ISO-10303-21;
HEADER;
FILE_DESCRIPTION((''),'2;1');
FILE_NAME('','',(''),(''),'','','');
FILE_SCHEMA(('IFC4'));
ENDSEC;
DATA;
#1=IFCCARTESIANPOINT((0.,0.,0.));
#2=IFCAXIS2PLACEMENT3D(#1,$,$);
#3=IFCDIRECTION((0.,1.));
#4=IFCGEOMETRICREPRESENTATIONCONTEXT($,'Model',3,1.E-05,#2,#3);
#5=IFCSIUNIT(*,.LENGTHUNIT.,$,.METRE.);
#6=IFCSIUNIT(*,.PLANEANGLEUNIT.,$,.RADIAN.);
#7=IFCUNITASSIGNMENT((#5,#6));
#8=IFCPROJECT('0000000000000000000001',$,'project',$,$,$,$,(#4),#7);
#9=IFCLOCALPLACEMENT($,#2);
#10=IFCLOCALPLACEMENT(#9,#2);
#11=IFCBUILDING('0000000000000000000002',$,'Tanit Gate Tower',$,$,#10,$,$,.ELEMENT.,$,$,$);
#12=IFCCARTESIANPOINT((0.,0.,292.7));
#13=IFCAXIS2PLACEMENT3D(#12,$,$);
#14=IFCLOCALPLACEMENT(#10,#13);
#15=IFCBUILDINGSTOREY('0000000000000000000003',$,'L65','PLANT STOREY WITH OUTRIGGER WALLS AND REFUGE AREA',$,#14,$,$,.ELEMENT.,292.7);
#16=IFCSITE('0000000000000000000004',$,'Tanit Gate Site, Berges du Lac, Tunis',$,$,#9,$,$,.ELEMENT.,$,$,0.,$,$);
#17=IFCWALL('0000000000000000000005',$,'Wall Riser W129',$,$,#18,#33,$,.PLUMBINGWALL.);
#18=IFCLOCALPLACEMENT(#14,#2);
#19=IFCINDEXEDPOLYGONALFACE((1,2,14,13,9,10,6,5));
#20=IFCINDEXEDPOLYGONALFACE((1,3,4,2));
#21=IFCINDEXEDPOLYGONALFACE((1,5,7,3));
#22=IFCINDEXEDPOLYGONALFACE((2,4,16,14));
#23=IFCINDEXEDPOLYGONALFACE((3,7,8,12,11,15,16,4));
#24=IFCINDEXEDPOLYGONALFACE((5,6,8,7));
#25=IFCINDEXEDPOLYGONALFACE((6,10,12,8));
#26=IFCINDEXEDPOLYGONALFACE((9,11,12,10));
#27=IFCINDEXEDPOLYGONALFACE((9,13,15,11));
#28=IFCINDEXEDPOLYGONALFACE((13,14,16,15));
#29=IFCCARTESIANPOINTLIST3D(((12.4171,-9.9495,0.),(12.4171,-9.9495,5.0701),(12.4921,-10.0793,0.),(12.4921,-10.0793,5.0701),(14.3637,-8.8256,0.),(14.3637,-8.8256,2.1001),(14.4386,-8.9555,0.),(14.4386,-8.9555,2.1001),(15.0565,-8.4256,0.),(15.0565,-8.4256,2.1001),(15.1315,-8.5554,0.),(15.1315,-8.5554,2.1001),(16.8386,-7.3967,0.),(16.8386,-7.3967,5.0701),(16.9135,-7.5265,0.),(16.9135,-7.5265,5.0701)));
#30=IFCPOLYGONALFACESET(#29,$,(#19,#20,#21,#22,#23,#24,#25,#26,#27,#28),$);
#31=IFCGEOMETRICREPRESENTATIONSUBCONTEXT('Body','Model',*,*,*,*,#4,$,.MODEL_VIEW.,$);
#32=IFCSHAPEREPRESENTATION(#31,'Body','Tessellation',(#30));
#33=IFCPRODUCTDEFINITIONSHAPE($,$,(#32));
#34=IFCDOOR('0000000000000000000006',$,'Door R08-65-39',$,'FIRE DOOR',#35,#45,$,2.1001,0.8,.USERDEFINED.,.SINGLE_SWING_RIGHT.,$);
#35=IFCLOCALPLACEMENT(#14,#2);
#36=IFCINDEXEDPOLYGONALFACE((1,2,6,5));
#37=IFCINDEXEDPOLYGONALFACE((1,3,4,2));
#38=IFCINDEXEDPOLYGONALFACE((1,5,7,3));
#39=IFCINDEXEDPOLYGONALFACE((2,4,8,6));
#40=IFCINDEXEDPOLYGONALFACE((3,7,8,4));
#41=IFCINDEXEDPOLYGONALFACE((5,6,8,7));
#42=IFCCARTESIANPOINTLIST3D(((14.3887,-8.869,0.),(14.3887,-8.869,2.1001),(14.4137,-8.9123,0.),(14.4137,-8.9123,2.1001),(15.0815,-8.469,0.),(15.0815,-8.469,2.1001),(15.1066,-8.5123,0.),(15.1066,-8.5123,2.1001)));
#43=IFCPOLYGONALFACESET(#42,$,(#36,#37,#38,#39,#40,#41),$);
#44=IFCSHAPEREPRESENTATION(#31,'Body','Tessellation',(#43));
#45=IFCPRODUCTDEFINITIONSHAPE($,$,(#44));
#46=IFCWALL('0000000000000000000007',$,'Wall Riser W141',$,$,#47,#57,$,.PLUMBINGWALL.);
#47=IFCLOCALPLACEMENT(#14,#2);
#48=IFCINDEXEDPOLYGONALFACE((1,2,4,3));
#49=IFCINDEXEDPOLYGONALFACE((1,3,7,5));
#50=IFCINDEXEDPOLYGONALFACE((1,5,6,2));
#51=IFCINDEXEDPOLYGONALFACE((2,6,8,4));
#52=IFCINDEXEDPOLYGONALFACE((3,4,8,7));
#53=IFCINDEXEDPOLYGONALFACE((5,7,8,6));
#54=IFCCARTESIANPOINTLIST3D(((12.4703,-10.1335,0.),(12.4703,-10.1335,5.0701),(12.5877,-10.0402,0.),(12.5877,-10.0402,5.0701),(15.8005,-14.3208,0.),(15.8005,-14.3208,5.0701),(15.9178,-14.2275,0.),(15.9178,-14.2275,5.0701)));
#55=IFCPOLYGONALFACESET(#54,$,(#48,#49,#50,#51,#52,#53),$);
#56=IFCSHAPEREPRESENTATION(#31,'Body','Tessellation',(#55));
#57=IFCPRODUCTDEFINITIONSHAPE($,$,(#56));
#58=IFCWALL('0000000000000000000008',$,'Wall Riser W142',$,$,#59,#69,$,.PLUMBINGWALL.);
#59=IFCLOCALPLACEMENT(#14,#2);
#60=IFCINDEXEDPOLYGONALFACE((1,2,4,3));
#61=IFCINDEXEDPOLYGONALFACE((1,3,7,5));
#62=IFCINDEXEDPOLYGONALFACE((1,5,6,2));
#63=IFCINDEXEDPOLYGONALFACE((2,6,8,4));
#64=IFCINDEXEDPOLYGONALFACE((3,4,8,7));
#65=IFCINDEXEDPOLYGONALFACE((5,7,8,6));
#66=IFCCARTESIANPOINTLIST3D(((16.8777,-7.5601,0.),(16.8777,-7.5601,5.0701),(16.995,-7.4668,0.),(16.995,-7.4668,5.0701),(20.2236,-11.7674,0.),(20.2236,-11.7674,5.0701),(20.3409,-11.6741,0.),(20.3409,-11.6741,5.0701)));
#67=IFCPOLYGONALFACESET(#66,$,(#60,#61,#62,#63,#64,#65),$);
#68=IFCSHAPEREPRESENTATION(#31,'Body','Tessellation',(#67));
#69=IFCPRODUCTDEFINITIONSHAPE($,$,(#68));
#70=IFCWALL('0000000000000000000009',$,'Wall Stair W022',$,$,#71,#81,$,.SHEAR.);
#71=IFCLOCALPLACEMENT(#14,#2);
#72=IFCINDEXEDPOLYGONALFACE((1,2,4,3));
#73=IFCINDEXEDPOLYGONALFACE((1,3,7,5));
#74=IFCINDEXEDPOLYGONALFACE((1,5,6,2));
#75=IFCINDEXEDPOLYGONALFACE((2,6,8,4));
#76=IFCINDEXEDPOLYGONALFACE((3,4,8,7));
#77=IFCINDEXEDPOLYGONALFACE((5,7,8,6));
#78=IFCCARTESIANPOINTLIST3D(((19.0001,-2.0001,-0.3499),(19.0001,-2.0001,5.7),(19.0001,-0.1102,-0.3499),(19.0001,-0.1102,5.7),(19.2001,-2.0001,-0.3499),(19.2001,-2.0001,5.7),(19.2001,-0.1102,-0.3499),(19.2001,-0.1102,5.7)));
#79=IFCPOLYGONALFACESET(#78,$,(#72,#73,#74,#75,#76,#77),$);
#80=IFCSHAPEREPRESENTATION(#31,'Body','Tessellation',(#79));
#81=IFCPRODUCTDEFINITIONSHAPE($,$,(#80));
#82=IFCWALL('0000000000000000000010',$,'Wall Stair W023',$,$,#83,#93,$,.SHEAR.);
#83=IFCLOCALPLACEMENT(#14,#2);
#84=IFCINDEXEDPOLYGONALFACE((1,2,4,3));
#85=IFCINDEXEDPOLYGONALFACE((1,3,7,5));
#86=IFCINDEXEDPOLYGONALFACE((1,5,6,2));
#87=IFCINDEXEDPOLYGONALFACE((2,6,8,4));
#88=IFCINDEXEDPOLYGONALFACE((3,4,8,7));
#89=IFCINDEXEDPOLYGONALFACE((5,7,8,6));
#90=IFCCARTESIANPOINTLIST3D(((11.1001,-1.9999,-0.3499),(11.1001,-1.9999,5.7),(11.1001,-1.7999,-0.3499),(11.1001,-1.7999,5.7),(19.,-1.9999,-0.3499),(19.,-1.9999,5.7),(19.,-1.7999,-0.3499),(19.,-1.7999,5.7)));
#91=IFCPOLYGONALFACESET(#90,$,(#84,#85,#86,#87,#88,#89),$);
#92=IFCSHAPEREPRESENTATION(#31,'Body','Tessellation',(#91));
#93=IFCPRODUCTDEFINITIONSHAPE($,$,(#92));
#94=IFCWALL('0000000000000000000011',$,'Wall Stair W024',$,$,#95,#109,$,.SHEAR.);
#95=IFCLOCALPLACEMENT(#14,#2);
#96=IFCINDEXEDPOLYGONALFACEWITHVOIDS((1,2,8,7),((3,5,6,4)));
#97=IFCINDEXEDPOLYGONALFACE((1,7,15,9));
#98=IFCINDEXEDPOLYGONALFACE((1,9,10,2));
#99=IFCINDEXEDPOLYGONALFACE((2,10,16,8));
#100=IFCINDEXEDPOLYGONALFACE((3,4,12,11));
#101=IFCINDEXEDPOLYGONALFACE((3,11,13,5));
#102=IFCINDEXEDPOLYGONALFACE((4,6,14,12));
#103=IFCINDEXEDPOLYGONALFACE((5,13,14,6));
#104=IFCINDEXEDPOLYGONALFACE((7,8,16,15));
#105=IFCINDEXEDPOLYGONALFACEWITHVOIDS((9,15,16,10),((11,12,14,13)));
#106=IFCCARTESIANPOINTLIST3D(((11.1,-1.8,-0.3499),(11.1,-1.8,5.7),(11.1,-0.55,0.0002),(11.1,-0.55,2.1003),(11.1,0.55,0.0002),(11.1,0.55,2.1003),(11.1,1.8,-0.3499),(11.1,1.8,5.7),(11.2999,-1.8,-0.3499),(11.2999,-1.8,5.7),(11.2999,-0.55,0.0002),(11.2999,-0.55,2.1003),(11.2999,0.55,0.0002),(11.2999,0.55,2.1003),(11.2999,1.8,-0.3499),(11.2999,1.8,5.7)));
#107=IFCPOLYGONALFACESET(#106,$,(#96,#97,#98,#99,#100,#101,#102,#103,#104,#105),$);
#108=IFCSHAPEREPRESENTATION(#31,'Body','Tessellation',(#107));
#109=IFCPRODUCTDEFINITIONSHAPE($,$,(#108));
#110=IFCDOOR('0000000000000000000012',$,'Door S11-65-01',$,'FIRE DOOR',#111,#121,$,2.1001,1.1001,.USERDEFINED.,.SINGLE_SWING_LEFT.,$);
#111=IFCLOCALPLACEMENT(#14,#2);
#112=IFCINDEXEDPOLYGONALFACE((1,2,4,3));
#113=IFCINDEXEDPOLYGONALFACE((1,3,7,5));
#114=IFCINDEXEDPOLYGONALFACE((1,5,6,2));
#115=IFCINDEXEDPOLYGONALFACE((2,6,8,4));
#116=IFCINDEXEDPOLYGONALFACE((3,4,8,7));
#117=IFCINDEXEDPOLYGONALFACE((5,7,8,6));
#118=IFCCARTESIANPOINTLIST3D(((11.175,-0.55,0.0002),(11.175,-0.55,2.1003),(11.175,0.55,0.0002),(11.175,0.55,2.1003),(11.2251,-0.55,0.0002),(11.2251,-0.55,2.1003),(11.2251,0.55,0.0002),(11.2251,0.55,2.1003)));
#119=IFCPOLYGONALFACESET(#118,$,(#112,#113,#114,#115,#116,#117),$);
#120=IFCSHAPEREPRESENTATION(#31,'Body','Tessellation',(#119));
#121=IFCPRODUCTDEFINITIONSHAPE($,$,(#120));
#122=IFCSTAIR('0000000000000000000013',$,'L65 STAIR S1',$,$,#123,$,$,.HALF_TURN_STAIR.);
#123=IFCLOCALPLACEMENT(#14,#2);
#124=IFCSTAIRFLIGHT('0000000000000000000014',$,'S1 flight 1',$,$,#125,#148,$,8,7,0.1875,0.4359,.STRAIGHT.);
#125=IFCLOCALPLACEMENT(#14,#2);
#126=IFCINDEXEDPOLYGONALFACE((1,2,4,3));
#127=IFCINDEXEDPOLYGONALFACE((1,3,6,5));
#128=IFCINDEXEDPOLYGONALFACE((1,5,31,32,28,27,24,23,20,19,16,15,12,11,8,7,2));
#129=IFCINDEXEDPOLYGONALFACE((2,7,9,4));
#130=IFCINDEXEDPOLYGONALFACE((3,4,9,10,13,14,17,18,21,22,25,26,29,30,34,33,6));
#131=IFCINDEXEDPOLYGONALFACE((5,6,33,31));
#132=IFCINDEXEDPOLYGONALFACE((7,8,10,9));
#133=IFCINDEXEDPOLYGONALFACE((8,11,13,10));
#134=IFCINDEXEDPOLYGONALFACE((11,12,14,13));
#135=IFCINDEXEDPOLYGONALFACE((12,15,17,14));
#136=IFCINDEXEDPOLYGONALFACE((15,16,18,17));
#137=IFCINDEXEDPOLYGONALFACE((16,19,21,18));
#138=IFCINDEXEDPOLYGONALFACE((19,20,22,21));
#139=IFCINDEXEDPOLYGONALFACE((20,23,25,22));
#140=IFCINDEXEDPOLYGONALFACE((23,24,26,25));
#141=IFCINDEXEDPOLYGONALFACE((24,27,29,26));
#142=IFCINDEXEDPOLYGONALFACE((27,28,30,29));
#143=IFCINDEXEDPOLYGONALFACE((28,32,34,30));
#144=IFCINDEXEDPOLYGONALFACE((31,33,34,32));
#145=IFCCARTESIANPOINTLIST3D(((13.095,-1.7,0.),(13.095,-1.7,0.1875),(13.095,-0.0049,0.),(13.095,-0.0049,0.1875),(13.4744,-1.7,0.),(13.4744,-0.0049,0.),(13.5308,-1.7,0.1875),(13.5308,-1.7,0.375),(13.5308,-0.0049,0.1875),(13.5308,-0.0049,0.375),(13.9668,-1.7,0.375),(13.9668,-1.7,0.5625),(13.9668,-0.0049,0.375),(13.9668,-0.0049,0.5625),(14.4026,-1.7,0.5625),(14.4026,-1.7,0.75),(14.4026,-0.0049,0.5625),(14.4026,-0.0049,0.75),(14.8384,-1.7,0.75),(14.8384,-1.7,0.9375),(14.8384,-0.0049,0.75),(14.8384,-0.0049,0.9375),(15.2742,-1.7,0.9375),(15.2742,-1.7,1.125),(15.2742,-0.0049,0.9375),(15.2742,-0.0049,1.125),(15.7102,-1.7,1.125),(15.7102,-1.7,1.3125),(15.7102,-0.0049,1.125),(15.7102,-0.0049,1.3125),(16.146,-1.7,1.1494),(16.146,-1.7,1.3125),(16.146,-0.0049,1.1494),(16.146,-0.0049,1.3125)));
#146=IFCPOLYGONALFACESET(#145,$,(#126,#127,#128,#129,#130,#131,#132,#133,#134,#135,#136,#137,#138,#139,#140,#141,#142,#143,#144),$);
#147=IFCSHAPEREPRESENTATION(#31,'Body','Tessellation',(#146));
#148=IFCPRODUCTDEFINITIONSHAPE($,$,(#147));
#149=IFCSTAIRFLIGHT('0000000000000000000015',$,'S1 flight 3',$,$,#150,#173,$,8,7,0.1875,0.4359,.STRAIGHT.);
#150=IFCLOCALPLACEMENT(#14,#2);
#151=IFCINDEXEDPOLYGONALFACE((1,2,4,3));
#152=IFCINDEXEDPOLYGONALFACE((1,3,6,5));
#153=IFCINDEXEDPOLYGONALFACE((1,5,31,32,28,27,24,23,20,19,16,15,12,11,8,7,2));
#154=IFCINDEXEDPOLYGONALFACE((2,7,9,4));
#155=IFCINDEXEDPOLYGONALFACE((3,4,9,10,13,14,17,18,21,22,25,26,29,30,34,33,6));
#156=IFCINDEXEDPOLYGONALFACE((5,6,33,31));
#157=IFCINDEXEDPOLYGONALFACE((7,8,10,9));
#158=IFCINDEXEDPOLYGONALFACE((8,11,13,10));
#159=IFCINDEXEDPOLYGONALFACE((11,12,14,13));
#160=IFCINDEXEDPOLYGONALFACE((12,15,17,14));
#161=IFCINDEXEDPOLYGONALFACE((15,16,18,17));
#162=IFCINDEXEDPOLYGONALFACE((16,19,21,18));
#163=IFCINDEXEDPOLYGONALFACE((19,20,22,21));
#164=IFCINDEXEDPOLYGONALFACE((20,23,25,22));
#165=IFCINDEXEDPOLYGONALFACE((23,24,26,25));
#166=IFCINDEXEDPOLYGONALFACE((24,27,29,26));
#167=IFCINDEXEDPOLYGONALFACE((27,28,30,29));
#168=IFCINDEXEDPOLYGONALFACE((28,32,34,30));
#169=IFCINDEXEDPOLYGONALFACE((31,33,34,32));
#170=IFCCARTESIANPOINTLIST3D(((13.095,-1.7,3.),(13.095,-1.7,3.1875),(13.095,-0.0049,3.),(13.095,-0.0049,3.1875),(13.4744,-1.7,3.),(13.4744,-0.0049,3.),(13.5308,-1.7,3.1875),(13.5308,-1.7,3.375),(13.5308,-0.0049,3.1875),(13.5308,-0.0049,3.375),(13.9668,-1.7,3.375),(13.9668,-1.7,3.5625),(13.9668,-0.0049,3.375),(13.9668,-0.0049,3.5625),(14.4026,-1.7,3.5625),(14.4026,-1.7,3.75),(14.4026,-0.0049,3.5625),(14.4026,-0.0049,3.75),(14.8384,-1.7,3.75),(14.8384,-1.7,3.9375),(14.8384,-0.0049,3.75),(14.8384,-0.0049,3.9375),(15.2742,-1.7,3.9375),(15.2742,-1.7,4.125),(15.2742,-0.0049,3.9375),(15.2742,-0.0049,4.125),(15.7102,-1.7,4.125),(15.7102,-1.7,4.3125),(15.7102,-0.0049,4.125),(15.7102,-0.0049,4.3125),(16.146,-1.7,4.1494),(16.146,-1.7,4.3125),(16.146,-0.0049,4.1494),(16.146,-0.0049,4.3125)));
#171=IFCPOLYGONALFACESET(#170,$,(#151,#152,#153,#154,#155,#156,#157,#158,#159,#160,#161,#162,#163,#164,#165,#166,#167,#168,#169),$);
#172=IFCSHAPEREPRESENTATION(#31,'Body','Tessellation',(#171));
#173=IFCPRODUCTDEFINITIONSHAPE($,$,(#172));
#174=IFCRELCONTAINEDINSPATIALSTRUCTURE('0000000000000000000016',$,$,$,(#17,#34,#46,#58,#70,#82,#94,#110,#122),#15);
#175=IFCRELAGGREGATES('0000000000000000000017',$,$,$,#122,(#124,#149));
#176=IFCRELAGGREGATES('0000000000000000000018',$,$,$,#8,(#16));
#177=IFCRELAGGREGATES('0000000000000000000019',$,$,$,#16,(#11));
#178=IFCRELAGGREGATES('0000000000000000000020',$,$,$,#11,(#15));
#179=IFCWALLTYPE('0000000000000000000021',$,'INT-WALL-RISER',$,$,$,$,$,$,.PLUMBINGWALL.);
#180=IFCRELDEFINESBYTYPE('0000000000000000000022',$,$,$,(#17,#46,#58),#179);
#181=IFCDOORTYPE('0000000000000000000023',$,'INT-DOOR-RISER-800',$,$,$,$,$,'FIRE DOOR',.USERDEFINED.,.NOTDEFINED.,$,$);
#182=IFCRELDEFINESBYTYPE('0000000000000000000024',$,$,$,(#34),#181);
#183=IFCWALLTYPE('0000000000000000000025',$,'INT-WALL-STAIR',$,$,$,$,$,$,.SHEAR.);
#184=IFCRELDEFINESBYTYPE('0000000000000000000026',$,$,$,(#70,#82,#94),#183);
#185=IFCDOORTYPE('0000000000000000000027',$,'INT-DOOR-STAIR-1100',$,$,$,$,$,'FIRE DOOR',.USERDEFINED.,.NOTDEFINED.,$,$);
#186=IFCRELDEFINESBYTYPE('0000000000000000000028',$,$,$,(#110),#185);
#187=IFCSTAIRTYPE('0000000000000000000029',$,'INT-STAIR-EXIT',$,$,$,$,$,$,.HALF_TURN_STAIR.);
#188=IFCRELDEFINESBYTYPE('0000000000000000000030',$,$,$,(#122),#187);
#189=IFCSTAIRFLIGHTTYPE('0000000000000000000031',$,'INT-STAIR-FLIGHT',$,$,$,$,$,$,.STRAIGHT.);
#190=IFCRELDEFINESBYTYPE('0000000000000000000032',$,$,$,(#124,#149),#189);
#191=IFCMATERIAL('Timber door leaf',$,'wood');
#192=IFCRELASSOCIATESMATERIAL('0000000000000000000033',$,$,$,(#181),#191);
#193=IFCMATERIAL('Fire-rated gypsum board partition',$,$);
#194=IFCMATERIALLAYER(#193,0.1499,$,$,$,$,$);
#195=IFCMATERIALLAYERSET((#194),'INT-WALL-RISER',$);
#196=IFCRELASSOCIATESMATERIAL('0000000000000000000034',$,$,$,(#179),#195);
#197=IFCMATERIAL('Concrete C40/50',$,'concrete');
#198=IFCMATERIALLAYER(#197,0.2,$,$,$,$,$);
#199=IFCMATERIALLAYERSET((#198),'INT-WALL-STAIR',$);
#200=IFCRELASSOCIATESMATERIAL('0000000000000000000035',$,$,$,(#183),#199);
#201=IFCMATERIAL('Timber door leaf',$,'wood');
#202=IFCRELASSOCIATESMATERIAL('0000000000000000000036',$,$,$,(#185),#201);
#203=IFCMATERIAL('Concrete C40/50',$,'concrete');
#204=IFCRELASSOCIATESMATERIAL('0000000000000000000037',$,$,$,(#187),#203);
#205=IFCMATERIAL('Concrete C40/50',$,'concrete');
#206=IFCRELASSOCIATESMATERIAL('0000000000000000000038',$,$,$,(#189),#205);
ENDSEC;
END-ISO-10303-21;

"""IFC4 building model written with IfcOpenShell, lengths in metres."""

from ifc_helpers import new_model, si_unit, direction, frame, frame_2d, origin, place, context, subcontext, project, spatial, polyline, rectangle, outline, extrude, material, layer, layer_set, type_object, element, fill, aggregate, save


model = new_model("IFC4")

# Units and contexts
model_context = context("Model", 3, precision=1e-05, world=origin(), true_north=direction((0.0, 1.0)))
body_context = subcontext(model_context, "Body", "Model", "MODEL_VIEW")
ifc_project = project(units=[si_unit("LENGTHUNIT", "METRE"), si_unit("PLANEANGLEUNIT", "RADIAN")], contexts=[model_context])

# Site, building, storey
site_placement = place(None, origin())
site = spatial("IfcSite", under=ifc_project, at=site_placement, Name="Tanit Gate Site, Berges du Lac, Tunis", CompositionType="ELEMENT", RefElevation=0.0)
building_placement = place(site_placement, origin())
building = spatial("IfcBuilding", under=site, at=building_placement, Name="Tanit Gate Tower", CompositionType="ELEMENT")
storey_placement = place(building_placement, frame((0.0, 0.0, 292.7)))
storey = spatial("IfcBuildingStorey", under=building, at=storey_placement, Name="L65", Description="PLANT STOREY WITH OUTRIGGER WALLS AND REFUGE AREA", CompositionType="ELEMENT", Elevation=292.7)

# Shared definitions
ifc_material_1 = material(Name="Timber door leaf", Category="wood")
door_type_1 = type_object("IfcDoorType", Name="INT-DOOR-RISER-800", ElementType="FIRE DOOR", OperationType="NOTDEFINED", PredefinedType="USERDEFINED", material=ifc_material_1)

# Wall, opening, door
ifc_material_2 = material(Name="Fire-rated gypsum board partition")
ifc_layer_1 = layer(ifc_material_2, 0.1499)
ifc_layer_set_1 = layer_set([ifc_layer_1], Name="INT-WALL-RISER")
wall_type_1 = type_object("IfcWallType", Name="INT-WALL-RISER", PredefinedType="PLUMBINGWALL", material=ifc_layer_set_1)
wall_1_placement = place(storey_placement, frame((12.4546, -10.0144, 0.0), z_axis=(0.0, 0.0, 1.0), x_axis=(0.866022, 0.500007, 0.0)))
wall_1 = element("IfcWall", 1, at=wall_1_placement, inside=storey, type_object=wall_type_1, Name="Wall Riser W129", PredefinedType="PLUMBINGWALL", context=body_context, shape_type="SweptSolid", body=[
    extrude(rectangle(XDim=5.1055, YDim=0.1499, at=frame_2d((2.5527, 0.0))), origin(), (0.0, 0.0, 1.0), 5.0701),
])
opening_1_placement = place(wall_1_placement, frame((2.2478, 0.0, 0.0)))
opening_1 = element("IfcOpeningElement", 2, at=opening_1_placement, cuts=wall_1, PredefinedType="OPENING", context=body_context, shape_type="SweptSolid", body=[
    extrude(rectangle(XDim=0.8, YDim=2.1001, at=frame_2d((0.3999, 1.05))), frame((0.0, 0.085, 0.0), z_axis=(0.0, -1.0, 0.0), x_axis=(1.0, 0.0, 0.0)), (0.0, 0.0, 1.0), 0.1699),
])
door_1_placement = place(opening_1_placement, origin())
door_1 = element("IfcDoor", 3, at=door_1_placement, inside=storey, type_object=door_type_1, Name="Door R08-65-39", ObjectType="FIRE DOOR", OperationType="SINGLE_SWING_RIGHT", OverallHeight=2.1001, OverallWidth=0.8, PredefinedType="USERDEFINED", context=body_context, shape_type="SweptSolid", body=[
    extrude(rectangle(XDim=0.8, YDim=2.1001, at=frame_2d((0.3999, 1.05))), frame((0.0, 0.0249, 0.0), z_axis=(0.0, -1.0, 0.0), x_axis=(1.0, 0.0, 0.0)), (0.0, 0.0, 1.0), 0.05),
])
fill(opening_1, door_1)

# Walls
wall_2_placement = place(storey_placement, frame((15.8591, -14.2742, 0.0), z_axis=(0.0, 0.0, 1.0), x_axis=(-0.622444, 0.782664, 0.0)))
element("IfcWall", 4, at=wall_2_placement, inside=storey, type_object=wall_type_1, Name="Wall Riser W141", PredefinedType="PLUMBINGWALL", context=body_context, shape_type="SweptSolid", body=[
    extrude(rectangle(XDim=5.3501, YDim=0.1499, at=frame_2d((2.675, 0.0))), origin(), (0.0, 0.0, 1.0), 5.0701),
])
wall_3_placement = place(storey_placement, frame((20.2822, -11.7207, 0.0), z_axis=(0.0, 0.0, 1.0), x_axis=(-0.622438, 0.782669, 0.0)))
element("IfcWall", 5, at=wall_3_placement, inside=storey, type_object=wall_type_1, Name="Wall Riser W142", PredefinedType="PLUMBINGWALL", context=body_context, shape_type="SweptSolid", body=[
    extrude(rectangle(XDim=5.3755, YDim=0.1499, at=frame_2d((2.6877, 0.0))), origin(), (0.0, 0.0, 1.0), 5.0701),
])
ifc_material_3 = material(Name="Concrete C40/50", Category="concrete")
ifc_layer_2 = layer(ifc_material_3, 0.2)
ifc_layer_set_2 = layer_set([ifc_layer_2], Name="INT-WALL-STAIR")
wall_type_2 = type_object("IfcWallType", Name="INT-WALL-STAIR", PredefinedType="SHEAR", material=ifc_layer_set_2)
wall_4_placement = place(storey_placement, frame((19.1001, -2.0, -0.3499), z_axis=(0.0, 0.0, 1.0), x_axis=(0.0, 1.0, 0.0)))
element("IfcWall", 6, at=wall_4_placement, inside=storey, type_object=wall_type_2, Name="Wall Stair W022", PredefinedType="SHEAR", context=body_context, shape_type="SweptSolid", body=[
    extrude(rectangle(XDim=1.8899, YDim=0.2, at=frame_2d((0.9448, 0.0))), origin(), (0.0, 0.0, 1.0), 6.0498),
])
wall_5_placement = place(storey_placement, frame((11.1001, -1.8999, -0.3499), z_axis=(0.0, 0.0, 1.0), x_axis=(1.0, 0.0, 0.0)))
element("IfcWall", 7, at=wall_5_placement, inside=storey, type_object=wall_type_2, Name="Wall Stair W023", PredefinedType="SHEAR", context=body_context, shape_type="SweptSolid", body=[
    extrude(rectangle(XDim=7.8999, YDim=0.2, at=frame_2d((3.95, 0.0))), origin(), (0.0, 0.0, 1.0), 6.0498),
])

# Wall, opening, door
wall_6_placement = place(storey_placement, frame((11.2, -1.8, -0.3499), z_axis=(0.0, 0.0, 1.0), x_axis=(0.0, 1.0, 0.0)))
wall_6 = element("IfcWall", 8, at=wall_6_placement, inside=storey, type_object=wall_type_2, Name="Wall Stair W024", PredefinedType="SHEAR", context=body_context, shape_type="SweptSolid", body=[
    extrude(rectangle(XDim=3.6001, YDim=0.2, at=frame_2d((1.8, 0.0))), origin(), (0.0, 0.0, 1.0), 6.0498),
])
opening_2_placement = place(wall_6_placement, frame((1.25, 0.0, 0.3501)))
opening_2 = element("IfcOpeningElement", 9, at=opening_2_placement, cuts=wall_6, PredefinedType="OPENING", context=body_context, shape_type="SweptSolid", body=[
    extrude(rectangle(XDim=1.1001, YDim=2.1001, at=frame_2d((0.55, 1.05))), frame((0.0, 0.1099, 0.0), z_axis=(0.0, -1.0, 0.0), x_axis=(1.0, 0.0, 0.0)), (0.0, 0.0, 1.0), 0.22),
])
ifc_material_4 = material(Name="Timber door leaf", Category="wood")
door_type_2 = type_object("IfcDoorType", Name="INT-DOOR-STAIR-1100", ElementType="FIRE DOOR", OperationType="NOTDEFINED", PredefinedType="USERDEFINED", material=ifc_material_4)
door_2_placement = place(opening_2_placement, origin())
door_2 = element("IfcDoor", 10, at=door_2_placement, inside=storey, type_object=door_type_2, Name="Door S11-65-01", ObjectType="FIRE DOOR", OperationType="SINGLE_SWING_LEFT", OverallHeight=2.1001, OverallWidth=1.1001, PredefinedType="USERDEFINED", context=body_context, shape_type="SweptSolid", body=[
    extrude(rectangle(XDim=1.1001, YDim=2.1001, at=frame_2d((0.55, 1.05))), frame((0.0, 0.0249, 0.0), z_axis=(0.0, -1.0, 0.0), x_axis=(1.0, 0.0, 0.0)), (0.0, 0.0, 1.0), 0.05),
])
fill(opening_2, door_2)

# Stair, stair flights
ifc_material_5 = material(Name="Concrete C40/50", Category="concrete")
stair_type = type_object("IfcStairType", Name="INT-STAIR-EXIT", PredefinedType="HALF_TURN_STAIR", material=ifc_material_5)
stair_placement = place(storey_placement, origin())
stair = element("IfcStair", 11, at=stair_placement, inside=storey, type_object=stair_type, Name="L65 STAIR S1", PredefinedType="HALF_TURN_STAIR")
ifc_material_6 = material(Name="Concrete C40/50", Category="concrete")
stair_flight_type = type_object("IfcStairFlightType", Name="INT-STAIR-FLIGHT", PredefinedType="STRAIGHT", material=ifc_material_6)
stair_flight_1_placement = place(storey_placement, frame((13.095, -0.8525, 0.0), z_axis=(0.0, 0.0, 1.0), x_axis=(1.0, 0.0, 0.0)))
stair_flight_1 = element("IfcStairFlight", 12, at=stair_flight_1_placement, type_object=stair_flight_type, Name="S1 flight 1", NumberOfRisers=8, NumberOfTreads=7, PredefinedType="STRAIGHT", RiserHeight=0.1875, TreadLength=0.4359, context=body_context, shape_type="SweptSolid", body=[
    extrude(outline(polyline([(0.0, 0.0), (0.0, 0.1875), (0.4358, 0.1875), (0.4358, 0.375), (0.8718, 0.375), (0.8718, 0.5625), (1.3076, 0.5625), (1.3076, 0.75), (1.7434, 0.75), (1.7434, 0.9375), (2.1792, 0.9375), (2.1792, 1.125), (2.6152, 1.125), (2.6152, 1.3125), (3.051, 1.3125), (3.051, 1.5), (3.051, 1.1494), (0.3794, 0.0), (0.0, 0.0)])), frame((0.0, 0.8477, 0.0), z_axis=(0.0, -1.0, 0.0), x_axis=(1.0, 0.0, 0.0)), (0.0, 0.0, 1.0), 1.6951),
])
stair_flight_2_placement = place(storey_placement, frame((13.095, -0.8525, 3.0), z_axis=(0.0, 0.0, 1.0), x_axis=(1.0, 0.0, 0.0)))
stair_flight_2 = element("IfcStairFlight", 13, at=stair_flight_2_placement, type_object=stair_flight_type, Name="S1 flight 3", NumberOfRisers=8, NumberOfTreads=7, PredefinedType="STRAIGHT", RiserHeight=0.1875, TreadLength=0.4359, context=body_context, shape_type="SweptSolid", body=[
    extrude(outline(polyline([(0.0, 0.0), (0.0, 0.1875), (0.4358, 0.1875), (0.4358, 0.375), (0.8718, 0.375), (0.8718, 0.5625), (1.3076, 0.5625), (1.3076, 0.75), (1.7434, 0.75), (1.7434, 0.9375), (2.1792, 0.9375), (2.1792, 1.125), (2.6152, 1.125), (2.6152, 1.3125), (3.051, 1.3125), (3.051, 1.5), (3.051, 1.1494), (0.3794, 0.0), (0.0, 0.0)])), frame((0.0, 0.8477, 0.0), z_axis=(0.0, -1.0, 0.0), x_axis=(1.0, 0.0, 0.0)), (0.0, 0.0, 1.0), 1.6951),
])
aggregate(stair, [stair_flight_1, stair_flight_2])

save(model, "model.ifc")
